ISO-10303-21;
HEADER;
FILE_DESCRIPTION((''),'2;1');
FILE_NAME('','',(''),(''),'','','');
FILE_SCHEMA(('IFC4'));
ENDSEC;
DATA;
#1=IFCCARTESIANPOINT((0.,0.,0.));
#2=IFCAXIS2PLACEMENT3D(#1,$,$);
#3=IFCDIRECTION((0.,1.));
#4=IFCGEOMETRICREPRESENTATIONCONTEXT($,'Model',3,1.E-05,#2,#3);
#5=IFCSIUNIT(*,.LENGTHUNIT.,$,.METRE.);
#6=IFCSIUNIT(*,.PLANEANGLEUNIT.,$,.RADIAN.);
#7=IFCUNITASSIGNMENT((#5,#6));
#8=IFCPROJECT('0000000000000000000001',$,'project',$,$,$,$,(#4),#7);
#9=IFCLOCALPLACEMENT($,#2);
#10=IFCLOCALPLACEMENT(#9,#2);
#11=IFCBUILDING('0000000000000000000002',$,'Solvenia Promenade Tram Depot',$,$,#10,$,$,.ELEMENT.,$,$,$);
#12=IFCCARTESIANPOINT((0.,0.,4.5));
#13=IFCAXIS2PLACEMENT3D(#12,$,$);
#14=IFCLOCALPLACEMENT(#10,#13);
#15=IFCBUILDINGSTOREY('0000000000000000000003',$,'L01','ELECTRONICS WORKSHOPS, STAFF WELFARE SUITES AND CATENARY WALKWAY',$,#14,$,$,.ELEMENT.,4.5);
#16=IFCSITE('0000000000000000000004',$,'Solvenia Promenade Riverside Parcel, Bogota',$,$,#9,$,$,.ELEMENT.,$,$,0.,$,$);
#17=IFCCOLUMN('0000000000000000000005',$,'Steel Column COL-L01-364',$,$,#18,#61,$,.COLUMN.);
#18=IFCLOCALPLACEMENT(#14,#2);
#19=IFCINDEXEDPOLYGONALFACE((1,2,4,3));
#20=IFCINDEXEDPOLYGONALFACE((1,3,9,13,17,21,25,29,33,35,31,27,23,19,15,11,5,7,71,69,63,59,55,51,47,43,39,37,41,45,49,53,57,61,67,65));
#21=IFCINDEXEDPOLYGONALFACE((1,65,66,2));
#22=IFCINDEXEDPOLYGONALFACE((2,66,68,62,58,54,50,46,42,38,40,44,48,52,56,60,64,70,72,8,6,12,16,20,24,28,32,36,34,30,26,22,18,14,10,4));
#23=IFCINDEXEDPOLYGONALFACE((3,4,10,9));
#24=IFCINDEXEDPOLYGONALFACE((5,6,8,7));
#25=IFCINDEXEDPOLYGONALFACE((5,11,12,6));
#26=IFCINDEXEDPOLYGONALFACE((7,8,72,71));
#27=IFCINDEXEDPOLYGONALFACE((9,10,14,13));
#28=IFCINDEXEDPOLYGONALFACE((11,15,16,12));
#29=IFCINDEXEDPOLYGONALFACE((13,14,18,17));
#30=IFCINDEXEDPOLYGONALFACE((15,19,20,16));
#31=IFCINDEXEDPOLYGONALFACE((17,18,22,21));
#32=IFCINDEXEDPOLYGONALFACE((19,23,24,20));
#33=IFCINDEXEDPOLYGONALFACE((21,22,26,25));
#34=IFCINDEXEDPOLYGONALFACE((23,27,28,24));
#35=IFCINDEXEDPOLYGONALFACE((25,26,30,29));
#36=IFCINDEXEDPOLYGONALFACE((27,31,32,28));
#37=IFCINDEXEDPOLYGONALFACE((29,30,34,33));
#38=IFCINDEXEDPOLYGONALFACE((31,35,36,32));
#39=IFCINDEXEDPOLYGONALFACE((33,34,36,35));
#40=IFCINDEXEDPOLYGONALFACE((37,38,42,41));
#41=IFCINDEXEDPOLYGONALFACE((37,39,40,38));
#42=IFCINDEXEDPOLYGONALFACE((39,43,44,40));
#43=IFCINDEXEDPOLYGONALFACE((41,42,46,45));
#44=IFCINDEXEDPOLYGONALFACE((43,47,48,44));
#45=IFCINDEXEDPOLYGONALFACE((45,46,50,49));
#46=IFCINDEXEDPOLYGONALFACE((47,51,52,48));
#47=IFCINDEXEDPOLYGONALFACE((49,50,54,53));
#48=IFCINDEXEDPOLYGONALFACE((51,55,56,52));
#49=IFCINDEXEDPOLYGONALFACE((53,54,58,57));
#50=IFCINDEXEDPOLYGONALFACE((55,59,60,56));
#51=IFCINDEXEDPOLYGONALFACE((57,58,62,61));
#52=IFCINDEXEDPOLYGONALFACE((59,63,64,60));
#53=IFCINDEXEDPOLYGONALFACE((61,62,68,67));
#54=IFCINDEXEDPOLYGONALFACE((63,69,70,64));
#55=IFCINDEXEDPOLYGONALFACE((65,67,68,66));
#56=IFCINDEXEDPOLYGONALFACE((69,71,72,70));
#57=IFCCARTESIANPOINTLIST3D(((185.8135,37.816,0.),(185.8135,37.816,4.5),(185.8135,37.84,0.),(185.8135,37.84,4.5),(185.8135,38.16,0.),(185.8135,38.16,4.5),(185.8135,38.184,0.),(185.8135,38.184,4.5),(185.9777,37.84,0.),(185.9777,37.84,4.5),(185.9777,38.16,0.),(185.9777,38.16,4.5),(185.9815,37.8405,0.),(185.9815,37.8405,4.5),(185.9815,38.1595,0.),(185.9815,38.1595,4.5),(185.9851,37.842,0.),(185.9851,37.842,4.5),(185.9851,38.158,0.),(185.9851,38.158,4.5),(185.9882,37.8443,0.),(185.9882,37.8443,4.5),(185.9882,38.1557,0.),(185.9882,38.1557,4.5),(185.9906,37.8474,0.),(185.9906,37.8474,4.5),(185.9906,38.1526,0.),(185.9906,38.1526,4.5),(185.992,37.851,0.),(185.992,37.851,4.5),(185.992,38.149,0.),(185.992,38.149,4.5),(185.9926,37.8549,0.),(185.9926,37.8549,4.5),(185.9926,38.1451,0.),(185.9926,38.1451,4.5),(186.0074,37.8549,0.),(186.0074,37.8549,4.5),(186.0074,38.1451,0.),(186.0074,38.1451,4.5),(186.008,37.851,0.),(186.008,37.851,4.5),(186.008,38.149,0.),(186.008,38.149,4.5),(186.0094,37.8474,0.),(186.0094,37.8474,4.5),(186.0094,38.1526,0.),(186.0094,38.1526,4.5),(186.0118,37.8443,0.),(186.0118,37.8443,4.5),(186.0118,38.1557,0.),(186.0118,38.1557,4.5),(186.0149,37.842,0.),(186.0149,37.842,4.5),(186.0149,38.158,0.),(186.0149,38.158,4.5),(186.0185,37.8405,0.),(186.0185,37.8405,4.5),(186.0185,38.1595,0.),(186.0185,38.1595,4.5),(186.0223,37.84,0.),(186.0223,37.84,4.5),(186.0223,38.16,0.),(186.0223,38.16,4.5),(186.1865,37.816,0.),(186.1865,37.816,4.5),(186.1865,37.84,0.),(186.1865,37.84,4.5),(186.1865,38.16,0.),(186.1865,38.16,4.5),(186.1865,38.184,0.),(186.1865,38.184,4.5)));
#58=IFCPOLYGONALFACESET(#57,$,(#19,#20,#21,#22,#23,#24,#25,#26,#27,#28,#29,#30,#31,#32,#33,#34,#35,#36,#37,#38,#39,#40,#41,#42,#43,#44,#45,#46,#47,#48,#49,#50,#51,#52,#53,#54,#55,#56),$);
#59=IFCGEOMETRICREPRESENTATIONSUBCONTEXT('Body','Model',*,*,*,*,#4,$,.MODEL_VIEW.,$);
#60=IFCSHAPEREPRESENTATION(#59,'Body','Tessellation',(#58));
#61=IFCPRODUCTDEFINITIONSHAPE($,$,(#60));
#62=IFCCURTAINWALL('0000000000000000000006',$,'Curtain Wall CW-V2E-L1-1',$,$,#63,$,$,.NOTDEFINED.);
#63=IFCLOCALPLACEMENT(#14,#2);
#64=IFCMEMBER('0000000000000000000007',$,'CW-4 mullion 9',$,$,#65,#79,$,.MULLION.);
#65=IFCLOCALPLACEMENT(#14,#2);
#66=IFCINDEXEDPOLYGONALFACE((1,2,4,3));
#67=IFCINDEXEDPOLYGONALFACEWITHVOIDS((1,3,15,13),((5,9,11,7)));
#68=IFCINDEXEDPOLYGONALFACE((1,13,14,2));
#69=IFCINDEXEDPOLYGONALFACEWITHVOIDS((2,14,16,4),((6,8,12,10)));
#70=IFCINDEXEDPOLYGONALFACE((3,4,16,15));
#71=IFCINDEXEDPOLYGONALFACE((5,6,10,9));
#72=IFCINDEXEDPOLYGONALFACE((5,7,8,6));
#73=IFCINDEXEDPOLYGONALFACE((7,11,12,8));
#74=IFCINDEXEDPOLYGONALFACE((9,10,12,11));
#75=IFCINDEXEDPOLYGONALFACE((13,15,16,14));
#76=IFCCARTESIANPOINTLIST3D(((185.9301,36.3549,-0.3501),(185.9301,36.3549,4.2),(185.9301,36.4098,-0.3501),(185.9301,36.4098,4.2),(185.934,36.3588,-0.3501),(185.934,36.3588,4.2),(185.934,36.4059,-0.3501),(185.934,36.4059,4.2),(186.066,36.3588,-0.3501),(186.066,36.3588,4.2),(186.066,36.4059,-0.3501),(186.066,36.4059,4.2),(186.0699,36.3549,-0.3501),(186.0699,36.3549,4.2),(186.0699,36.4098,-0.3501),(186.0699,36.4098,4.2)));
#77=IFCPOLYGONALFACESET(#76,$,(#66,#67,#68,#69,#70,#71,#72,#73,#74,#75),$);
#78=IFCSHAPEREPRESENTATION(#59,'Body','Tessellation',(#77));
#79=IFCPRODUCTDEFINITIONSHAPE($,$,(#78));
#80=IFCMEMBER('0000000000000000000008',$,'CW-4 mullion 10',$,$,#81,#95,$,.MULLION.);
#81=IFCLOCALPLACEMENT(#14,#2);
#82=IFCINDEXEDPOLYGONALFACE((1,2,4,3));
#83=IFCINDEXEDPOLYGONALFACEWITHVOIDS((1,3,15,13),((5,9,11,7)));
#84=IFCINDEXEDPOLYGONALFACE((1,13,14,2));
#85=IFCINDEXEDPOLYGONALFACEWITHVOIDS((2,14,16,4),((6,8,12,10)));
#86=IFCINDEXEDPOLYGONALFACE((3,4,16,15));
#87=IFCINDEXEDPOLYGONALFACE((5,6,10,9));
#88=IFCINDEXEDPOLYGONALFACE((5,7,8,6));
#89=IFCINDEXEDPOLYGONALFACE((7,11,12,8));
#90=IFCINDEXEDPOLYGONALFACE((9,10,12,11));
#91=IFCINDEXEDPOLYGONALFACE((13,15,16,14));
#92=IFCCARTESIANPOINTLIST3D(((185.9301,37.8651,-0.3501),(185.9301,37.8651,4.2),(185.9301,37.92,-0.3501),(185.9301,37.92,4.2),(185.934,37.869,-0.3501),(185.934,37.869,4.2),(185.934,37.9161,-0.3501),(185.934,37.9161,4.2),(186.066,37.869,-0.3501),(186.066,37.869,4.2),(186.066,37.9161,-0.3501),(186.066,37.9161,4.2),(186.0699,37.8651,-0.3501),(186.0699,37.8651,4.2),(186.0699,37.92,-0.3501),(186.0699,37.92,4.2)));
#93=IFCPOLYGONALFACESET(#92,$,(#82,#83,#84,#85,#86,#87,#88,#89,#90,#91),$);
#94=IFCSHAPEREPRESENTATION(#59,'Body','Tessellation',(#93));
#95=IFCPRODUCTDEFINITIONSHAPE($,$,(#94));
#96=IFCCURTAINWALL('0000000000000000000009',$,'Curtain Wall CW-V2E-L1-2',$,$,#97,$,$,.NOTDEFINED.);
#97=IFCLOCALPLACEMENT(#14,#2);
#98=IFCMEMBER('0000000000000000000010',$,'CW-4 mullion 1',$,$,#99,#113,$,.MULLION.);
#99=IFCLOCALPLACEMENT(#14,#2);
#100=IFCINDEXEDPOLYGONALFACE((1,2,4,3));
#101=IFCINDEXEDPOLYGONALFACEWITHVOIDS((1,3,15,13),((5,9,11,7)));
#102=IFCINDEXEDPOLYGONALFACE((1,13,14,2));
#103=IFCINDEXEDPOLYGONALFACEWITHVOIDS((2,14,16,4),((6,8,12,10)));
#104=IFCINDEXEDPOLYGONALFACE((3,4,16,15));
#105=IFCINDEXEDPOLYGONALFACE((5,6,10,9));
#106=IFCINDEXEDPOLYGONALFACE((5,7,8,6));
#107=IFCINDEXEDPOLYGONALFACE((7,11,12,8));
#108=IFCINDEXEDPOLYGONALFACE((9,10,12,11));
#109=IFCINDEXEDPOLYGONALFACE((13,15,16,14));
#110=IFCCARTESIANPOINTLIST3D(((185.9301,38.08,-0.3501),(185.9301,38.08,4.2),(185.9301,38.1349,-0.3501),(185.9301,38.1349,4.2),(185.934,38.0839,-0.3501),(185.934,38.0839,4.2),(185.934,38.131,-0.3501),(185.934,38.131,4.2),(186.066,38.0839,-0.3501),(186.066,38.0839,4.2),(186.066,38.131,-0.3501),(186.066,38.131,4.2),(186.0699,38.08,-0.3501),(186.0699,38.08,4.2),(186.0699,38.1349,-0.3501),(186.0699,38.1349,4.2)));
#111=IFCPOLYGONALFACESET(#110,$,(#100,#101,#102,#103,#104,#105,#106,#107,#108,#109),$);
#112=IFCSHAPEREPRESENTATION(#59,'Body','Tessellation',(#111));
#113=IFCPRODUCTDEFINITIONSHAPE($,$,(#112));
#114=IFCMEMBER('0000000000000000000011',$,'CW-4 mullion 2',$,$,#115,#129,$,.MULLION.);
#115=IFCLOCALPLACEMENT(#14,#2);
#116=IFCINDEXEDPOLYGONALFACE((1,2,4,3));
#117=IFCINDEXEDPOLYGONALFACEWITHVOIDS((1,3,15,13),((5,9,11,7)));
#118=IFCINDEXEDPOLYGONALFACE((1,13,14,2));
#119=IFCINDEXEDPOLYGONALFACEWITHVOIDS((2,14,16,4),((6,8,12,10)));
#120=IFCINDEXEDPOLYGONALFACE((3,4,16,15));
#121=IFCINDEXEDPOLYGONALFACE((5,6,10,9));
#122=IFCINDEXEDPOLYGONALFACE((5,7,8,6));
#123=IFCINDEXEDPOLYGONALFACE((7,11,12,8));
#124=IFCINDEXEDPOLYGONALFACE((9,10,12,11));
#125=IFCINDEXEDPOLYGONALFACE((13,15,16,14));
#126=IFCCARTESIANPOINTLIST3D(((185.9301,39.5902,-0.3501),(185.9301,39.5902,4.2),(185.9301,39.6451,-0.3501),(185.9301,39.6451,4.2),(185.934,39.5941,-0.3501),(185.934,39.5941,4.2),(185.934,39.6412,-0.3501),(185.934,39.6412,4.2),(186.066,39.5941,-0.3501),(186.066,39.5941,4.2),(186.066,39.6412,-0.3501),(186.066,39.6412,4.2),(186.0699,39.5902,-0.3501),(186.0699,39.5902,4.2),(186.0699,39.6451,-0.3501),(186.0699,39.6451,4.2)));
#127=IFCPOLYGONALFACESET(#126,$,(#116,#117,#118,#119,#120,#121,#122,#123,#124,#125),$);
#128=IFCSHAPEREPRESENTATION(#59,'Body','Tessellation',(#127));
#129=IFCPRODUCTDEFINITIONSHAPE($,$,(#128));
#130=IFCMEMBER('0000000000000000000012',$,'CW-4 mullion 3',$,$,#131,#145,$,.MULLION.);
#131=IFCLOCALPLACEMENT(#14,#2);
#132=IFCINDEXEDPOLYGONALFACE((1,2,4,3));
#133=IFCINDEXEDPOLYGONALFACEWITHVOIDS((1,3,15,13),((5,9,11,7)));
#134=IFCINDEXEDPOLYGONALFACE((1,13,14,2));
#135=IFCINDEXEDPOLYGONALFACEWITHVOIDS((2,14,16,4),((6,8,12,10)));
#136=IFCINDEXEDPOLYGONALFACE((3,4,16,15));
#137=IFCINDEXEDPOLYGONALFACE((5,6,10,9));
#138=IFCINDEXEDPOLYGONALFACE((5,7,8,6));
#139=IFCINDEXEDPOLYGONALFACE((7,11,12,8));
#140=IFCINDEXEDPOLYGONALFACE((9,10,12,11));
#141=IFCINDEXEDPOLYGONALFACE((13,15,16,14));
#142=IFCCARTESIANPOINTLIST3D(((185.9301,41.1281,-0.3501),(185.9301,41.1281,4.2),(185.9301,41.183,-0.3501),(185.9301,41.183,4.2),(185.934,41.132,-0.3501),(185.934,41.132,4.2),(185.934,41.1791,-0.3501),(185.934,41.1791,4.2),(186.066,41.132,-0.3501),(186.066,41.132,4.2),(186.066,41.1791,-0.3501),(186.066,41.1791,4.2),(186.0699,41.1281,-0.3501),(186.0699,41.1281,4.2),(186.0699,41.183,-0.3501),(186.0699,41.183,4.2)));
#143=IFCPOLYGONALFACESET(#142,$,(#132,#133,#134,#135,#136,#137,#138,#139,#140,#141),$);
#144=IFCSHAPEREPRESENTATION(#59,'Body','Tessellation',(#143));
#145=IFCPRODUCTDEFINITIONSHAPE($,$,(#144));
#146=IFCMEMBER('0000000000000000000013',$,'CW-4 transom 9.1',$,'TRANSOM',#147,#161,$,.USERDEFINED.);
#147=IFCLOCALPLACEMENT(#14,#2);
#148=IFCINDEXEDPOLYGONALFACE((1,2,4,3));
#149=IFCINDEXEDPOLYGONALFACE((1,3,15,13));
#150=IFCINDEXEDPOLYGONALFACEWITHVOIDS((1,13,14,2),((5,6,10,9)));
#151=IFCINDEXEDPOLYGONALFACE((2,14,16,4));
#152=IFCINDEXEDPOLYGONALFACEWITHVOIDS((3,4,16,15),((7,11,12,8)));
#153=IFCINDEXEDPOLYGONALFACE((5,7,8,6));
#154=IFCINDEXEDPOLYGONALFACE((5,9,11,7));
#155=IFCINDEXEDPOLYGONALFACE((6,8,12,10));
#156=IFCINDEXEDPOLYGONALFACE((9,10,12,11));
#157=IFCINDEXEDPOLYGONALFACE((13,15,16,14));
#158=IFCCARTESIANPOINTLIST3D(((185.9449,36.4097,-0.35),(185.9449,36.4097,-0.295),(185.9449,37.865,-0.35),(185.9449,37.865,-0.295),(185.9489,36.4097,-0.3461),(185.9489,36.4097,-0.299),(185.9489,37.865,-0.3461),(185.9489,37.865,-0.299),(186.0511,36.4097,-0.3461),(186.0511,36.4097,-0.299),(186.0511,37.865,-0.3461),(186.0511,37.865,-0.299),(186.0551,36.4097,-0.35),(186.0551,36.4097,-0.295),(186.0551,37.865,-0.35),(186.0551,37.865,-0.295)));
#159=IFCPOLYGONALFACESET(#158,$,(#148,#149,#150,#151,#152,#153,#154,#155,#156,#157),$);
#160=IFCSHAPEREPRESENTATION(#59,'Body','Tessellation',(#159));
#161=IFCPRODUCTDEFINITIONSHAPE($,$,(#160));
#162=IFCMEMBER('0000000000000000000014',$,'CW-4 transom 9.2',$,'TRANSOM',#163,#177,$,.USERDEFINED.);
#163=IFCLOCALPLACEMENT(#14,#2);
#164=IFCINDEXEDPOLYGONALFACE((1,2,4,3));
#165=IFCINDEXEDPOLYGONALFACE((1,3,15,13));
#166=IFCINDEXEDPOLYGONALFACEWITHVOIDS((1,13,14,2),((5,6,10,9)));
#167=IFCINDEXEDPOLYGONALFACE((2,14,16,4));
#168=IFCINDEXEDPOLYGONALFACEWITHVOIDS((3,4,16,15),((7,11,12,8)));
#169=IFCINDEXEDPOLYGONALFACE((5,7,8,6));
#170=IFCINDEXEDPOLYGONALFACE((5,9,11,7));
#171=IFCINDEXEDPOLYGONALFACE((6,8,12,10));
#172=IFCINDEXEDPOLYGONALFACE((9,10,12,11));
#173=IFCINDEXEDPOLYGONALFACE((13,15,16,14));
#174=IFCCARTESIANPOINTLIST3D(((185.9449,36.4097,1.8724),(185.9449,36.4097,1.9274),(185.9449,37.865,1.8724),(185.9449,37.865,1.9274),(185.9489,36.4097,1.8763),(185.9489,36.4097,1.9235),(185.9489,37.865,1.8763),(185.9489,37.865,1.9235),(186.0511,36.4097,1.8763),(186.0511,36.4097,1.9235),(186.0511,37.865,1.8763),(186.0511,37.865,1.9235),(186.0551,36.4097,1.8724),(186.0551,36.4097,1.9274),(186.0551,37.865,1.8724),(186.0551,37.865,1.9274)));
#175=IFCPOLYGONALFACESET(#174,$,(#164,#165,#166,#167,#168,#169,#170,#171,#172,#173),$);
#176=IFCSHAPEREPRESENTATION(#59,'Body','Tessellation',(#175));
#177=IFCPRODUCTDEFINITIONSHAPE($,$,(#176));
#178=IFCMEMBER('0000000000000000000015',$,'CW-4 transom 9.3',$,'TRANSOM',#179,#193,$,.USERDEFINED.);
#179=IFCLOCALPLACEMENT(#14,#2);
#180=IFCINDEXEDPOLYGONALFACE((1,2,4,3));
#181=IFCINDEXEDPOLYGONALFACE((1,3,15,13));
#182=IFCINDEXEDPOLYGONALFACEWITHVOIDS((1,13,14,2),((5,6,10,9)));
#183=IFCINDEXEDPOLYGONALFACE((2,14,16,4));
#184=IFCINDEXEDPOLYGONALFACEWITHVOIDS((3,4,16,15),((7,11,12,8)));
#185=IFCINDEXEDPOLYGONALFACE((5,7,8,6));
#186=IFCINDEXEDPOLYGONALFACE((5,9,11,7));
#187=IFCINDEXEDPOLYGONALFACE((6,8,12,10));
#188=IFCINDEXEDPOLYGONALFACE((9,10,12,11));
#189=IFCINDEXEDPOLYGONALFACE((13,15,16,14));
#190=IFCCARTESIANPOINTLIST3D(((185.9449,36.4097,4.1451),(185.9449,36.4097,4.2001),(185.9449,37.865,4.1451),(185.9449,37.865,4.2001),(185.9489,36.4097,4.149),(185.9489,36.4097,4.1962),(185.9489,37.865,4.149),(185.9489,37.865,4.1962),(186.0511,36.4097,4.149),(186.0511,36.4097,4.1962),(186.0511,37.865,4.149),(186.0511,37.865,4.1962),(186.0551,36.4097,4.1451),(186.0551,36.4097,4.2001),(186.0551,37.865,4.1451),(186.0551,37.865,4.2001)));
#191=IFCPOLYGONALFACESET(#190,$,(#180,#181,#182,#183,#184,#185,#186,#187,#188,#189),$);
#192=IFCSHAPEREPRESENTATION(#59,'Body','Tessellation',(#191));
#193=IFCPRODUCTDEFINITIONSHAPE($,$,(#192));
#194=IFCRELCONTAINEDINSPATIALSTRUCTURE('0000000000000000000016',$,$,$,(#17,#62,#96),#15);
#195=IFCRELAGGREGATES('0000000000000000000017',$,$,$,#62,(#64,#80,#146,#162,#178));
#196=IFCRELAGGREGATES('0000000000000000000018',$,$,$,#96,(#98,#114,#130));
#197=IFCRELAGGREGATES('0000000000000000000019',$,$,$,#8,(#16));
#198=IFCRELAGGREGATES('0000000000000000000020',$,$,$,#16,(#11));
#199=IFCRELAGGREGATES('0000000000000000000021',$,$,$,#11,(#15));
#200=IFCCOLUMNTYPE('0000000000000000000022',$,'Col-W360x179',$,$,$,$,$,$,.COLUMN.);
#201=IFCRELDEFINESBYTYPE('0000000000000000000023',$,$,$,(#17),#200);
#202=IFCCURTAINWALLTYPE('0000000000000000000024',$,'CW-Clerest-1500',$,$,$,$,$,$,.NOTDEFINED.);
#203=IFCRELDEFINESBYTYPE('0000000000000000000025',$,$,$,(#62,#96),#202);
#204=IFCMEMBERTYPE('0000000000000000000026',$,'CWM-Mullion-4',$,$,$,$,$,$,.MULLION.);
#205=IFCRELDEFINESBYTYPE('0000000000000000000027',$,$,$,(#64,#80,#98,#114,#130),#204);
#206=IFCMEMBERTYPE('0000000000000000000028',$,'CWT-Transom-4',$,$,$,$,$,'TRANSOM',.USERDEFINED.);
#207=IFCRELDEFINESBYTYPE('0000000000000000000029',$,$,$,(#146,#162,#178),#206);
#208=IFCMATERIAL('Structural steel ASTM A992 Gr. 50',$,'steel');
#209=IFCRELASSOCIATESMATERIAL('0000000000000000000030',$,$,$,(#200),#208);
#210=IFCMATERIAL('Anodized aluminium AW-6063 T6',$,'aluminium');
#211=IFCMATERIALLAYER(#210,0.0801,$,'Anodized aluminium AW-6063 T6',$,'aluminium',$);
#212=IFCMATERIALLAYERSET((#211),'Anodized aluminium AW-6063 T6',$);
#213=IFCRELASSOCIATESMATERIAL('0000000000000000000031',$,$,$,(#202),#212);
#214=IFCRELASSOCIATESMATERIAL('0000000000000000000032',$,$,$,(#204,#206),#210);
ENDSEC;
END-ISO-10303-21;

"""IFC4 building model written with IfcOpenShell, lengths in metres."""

from ifc_helpers import new_model, si_unit, direction, frame, origin, origin_2d, place, context, subcontext, project, spatial, hollow_rectangle, i_section, extrude, material, layer, layer_set, material_profile, profile_set, type_object, element, aggregate, save


model = new_model("IFC4")

# Units and contexts
model_context = context("Model", 3, precision=1e-05, world=origin(), true_north=direction((0.0, 1.0)))
body_context = subcontext(model_context, "Body", "Model", "MODEL_VIEW")
ifc_project = project(units=[si_unit("LENGTHUNIT", "METRE"), si_unit("PLANEANGLEUNIT", "RADIAN")], contexts=[model_context])

# Site, building, storey
site_placement = place(None, origin())
site = spatial("IfcSite", under=ifc_project, at=site_placement, Name="Solvenia Promenade Riverside Parcel, Bogota", CompositionType="ELEMENT", RefElevation=0.0)
building_placement = place(site_placement, origin())
building = spatial("IfcBuilding", under=site, at=building_placement, Name="Solvenia Promenade Tram Depot", CompositionType="ELEMENT")
storey_placement = place(building_placement, frame((0.0, 0.0, 4.5)))
storey = spatial("IfcBuildingStorey", under=building, at=storey_placement, Name="L01", Description="ELECTRONICS WORKSHOPS, STAFF WELFARE SUITES AND CATENARY WALKWAY", CompositionType="ELEMENT", Elevation=4.5)

# Column
ifc_material_1 = material(Name="Structural steel ASTM A992 Gr. 50", Category="steel")
ifc_material_profile_1 = material_profile(ifc_material_1, i_section(OverallWidth=0.373, OverallDepth=0.3679, WebThickness=0.0149, FlangeThickness=0.0239, FilletRadius=0.0149, at=origin_2d()), Name="W360x179", Category="steel")
ifc_profile_set_1 = profile_set([ifc_material_profile_1], Name="Structural steel ASTM A992 Gr. 50")
column_type = type_object("IfcColumnType", Name="Col-W360x179", PredefinedType="COLUMN", material=ifc_profile_set_1)
column_placement = place(storey_placement, frame((186.0, 38.0, 0.0), z_axis=(0.0, 0.0, 1.0), x_axis=(1.0, 0.0, 0.0)))
element("IfcColumn", 1, at=column_placement, inside=storey, type_object=column_type, Name="Steel Column COL-L01-364", PredefinedType="COLUMN", context=body_context, shape_type="SweptSolid", body=[
    extrude(i_section(OverallWidth=0.373, OverallDepth=0.3679, WebThickness=0.0149, FlangeThickness=0.0239, FilletRadius=0.0149, at=origin_2d()), origin(), (0.0, 0.0, 1.0), 4.5),
])

# Curtain walls, members
ifc_material_2 = material(Name="Anodized aluminium AW-6063 T6", Category="aluminium")
ifc_layer_1 = layer(ifc_material_2, 0.0801, Name="Anodized aluminium AW-6063 T6", Category="aluminium")
ifc_layer_set_1 = layer_set([ifc_layer_1], Name="Anodized aluminium AW-6063 T6")
curtain_wall_type = type_object("IfcCurtainWallType", Name="CW-Clerest-1500", PredefinedType="NOTDEFINED", material=ifc_layer_set_1)
curtain_wall_1_placement = place(storey_placement, origin())
curtain_wall_1 = element("IfcCurtainWall", 2, at=curtain_wall_1_placement, inside=storey, type_object=curtain_wall_type, Name="Curtain Wall CW-V2E-L1-1", PredefinedType="NOTDEFINED")
ifc_material_profile_2 = material_profile(ifc_material_2, hollow_rectangle(XDim=0.1399, YDim=0.0549, WallThickness=0.0039, at=origin_2d()), Name="ALU-M4", Category="aluminium")
ifc_profile_set_2 = profile_set([ifc_material_profile_2], Name="Anodized aluminium AW-6063 T6")
member_type_1 = type_object("IfcMemberType", Name="CWM-Mullion-4", PredefinedType="MULLION", material=ifc_profile_set_2)
member_1_placement = place(storey_placement, frame((186.0, 36.3823, -0.3501), z_axis=(0.0, 0.0, 1.0), x_axis=(-1.0, 0.0, 0.0)))
member_1 = element("IfcMember", 3, at=member_1_placement, type_object=member_type_1, Name="CW-4 mullion 9", PredefinedType="MULLION", context=body_context, shape_type="SweptSolid", body=[
    extrude(hollow_rectangle(XDim=0.1399, YDim=0.0549, WallThickness=0.0039, at=origin_2d()), origin(), (0.0, 0.0, 1.0), 4.55),
])
member_2_placement = place(storey_placement, frame((186.0, 37.8926, -0.3501), z_axis=(0.0, 0.0, 1.0), x_axis=(-1.0, 0.0, 0.0)))
member_2 = element("IfcMember", 4, at=member_2_placement, type_object=member_type_1, Name="CW-4 mullion 10", PredefinedType="MULLION", context=body_context, shape_type="SweptSolid", body=[
    extrude(hollow_rectangle(XDim=0.1399, YDim=0.0549, WallThickness=0.0039, at=origin_2d()), origin(), (0.0, 0.0, 1.0), 4.55),
])
curtain_wall_2_placement = place(storey_placement, origin())
curtain_wall_2 = element("IfcCurtainWall", 5, at=curtain_wall_2_placement, inside=storey, type_object=curtain_wall_type, Name="Curtain Wall CW-V2E-L1-2", PredefinedType="NOTDEFINED")
member_3_placement = place(storey_placement, frame((186.0, 38.1074, -0.3501), z_axis=(0.0, 0.0, 1.0), x_axis=(-1.0, 0.0, 0.0)))
member_3 = element("IfcMember", 6, at=member_3_placement, type_object=member_type_1, Name="CW-4 mullion 1", PredefinedType="MULLION", context=body_context, shape_type="SweptSolid", body=[
    extrude(hollow_rectangle(XDim=0.1399, YDim=0.0549, WallThickness=0.0039, at=origin_2d()), origin(), (0.0, 0.0, 1.0), 4.55),
])
member_4_placement = place(storey_placement, frame((186.0, 39.6177, -0.3501), z_axis=(0.0, 0.0, 1.0), x_axis=(-1.0, 0.0, 0.0)))
member_4 = element("IfcMember", 7, at=member_4_placement, type_object=member_type_1, Name="CW-4 mullion 2", PredefinedType="MULLION", context=body_context, shape_type="SweptSolid", body=[
    extrude(hollow_rectangle(XDim=0.1399, YDim=0.0549, WallThickness=0.0039, at=origin_2d()), origin(), (0.0, 0.0, 1.0), 4.55),
])
member_5_placement = place(storey_placement, frame((186.0, 41.1555, -0.3501), z_axis=(0.0, 0.0, 1.0), x_axis=(-1.0, 0.0, 0.0)))
member_5 = element("IfcMember", 8, at=member_5_placement, type_object=member_type_1, Name="CW-4 mullion 3", PredefinedType="MULLION", context=body_context, shape_type="SweptSolid", body=[
    extrude(hollow_rectangle(XDim=0.1399, YDim=0.0549, WallThickness=0.0039, at=origin_2d()), origin(), (0.0, 0.0, 1.0), 4.55),
])

# Members
ifc_material_profile_3 = material_profile(ifc_material_2, hollow_rectangle(XDim=0.1101, YDim=0.0549, WallThickness=0.0039, at=origin_2d()), Name="ALU-T4", Category="aluminium")
ifc_profile_set_3 = profile_set([ifc_material_profile_3], Name="Anodized aluminium AW-6063 T6")
member_type_2 = type_object("IfcMemberType", Name="CWT-Transom-4", ElementType="TRANSOM", PredefinedType="USERDEFINED", material=ifc_profile_set_3)
member_6_placement = place(storey_placement, frame((186.0, 36.4097, -0.3225), z_axis=(0.0, 1.0, 0.0), x_axis=(-1.0, 0.0, 0.0)))
member_6 = element("IfcMember", 9, at=member_6_placement, type_object=member_type_2, Name="CW-4 transom 9.1", ObjectType="TRANSOM", PredefinedType="USERDEFINED", context=body_context, shape_type="SweptSolid", body=[
    extrude(hollow_rectangle(XDim=0.1101, YDim=0.0549, WallThickness=0.0039, at=origin_2d()), origin(), (0.0, 0.0, 1.0), 1.4553),
])
member_7_placement = place(storey_placement, frame((186.0, 36.4097, 1.8999), z_axis=(0.0, 1.0, 0.0), x_axis=(-1.0, 0.0, 0.0)))
member_7 = element("IfcMember", 10, at=member_7_placement, type_object=member_type_2, Name="CW-4 transom 9.2", ObjectType="TRANSOM", PredefinedType="USERDEFINED", context=body_context, shape_type="SweptSolid", body=[
    extrude(hollow_rectangle(XDim=0.1101, YDim=0.0549, WallThickness=0.0039, at=origin_2d()), origin(), (0.0, 0.0, 1.0), 1.4553),
])
member_8_placement = place(storey_placement, frame((186.0, 36.4097, 4.1726), z_axis=(0.0, 1.0, 0.0), x_axis=(-1.0, 0.0, 0.0)))
member_8 = element("IfcMember", 11, at=member_8_placement, type_object=member_type_2, Name="CW-4 transom 9.3", ObjectType="TRANSOM", PredefinedType="USERDEFINED", context=body_context, shape_type="SweptSolid", body=[
    extrude(hollow_rectangle(XDim=0.1101, YDim=0.0549, WallThickness=0.0039, at=origin_2d()), origin(), (0.0, 0.0, 1.0), 1.4553),
])

aggregate(curtain_wall_1, [member_1, member_2, member_6, member_7, member_8])
aggregate(curtain_wall_2, [member_3, member_4, member_5])

save(model, "model.ifc")
